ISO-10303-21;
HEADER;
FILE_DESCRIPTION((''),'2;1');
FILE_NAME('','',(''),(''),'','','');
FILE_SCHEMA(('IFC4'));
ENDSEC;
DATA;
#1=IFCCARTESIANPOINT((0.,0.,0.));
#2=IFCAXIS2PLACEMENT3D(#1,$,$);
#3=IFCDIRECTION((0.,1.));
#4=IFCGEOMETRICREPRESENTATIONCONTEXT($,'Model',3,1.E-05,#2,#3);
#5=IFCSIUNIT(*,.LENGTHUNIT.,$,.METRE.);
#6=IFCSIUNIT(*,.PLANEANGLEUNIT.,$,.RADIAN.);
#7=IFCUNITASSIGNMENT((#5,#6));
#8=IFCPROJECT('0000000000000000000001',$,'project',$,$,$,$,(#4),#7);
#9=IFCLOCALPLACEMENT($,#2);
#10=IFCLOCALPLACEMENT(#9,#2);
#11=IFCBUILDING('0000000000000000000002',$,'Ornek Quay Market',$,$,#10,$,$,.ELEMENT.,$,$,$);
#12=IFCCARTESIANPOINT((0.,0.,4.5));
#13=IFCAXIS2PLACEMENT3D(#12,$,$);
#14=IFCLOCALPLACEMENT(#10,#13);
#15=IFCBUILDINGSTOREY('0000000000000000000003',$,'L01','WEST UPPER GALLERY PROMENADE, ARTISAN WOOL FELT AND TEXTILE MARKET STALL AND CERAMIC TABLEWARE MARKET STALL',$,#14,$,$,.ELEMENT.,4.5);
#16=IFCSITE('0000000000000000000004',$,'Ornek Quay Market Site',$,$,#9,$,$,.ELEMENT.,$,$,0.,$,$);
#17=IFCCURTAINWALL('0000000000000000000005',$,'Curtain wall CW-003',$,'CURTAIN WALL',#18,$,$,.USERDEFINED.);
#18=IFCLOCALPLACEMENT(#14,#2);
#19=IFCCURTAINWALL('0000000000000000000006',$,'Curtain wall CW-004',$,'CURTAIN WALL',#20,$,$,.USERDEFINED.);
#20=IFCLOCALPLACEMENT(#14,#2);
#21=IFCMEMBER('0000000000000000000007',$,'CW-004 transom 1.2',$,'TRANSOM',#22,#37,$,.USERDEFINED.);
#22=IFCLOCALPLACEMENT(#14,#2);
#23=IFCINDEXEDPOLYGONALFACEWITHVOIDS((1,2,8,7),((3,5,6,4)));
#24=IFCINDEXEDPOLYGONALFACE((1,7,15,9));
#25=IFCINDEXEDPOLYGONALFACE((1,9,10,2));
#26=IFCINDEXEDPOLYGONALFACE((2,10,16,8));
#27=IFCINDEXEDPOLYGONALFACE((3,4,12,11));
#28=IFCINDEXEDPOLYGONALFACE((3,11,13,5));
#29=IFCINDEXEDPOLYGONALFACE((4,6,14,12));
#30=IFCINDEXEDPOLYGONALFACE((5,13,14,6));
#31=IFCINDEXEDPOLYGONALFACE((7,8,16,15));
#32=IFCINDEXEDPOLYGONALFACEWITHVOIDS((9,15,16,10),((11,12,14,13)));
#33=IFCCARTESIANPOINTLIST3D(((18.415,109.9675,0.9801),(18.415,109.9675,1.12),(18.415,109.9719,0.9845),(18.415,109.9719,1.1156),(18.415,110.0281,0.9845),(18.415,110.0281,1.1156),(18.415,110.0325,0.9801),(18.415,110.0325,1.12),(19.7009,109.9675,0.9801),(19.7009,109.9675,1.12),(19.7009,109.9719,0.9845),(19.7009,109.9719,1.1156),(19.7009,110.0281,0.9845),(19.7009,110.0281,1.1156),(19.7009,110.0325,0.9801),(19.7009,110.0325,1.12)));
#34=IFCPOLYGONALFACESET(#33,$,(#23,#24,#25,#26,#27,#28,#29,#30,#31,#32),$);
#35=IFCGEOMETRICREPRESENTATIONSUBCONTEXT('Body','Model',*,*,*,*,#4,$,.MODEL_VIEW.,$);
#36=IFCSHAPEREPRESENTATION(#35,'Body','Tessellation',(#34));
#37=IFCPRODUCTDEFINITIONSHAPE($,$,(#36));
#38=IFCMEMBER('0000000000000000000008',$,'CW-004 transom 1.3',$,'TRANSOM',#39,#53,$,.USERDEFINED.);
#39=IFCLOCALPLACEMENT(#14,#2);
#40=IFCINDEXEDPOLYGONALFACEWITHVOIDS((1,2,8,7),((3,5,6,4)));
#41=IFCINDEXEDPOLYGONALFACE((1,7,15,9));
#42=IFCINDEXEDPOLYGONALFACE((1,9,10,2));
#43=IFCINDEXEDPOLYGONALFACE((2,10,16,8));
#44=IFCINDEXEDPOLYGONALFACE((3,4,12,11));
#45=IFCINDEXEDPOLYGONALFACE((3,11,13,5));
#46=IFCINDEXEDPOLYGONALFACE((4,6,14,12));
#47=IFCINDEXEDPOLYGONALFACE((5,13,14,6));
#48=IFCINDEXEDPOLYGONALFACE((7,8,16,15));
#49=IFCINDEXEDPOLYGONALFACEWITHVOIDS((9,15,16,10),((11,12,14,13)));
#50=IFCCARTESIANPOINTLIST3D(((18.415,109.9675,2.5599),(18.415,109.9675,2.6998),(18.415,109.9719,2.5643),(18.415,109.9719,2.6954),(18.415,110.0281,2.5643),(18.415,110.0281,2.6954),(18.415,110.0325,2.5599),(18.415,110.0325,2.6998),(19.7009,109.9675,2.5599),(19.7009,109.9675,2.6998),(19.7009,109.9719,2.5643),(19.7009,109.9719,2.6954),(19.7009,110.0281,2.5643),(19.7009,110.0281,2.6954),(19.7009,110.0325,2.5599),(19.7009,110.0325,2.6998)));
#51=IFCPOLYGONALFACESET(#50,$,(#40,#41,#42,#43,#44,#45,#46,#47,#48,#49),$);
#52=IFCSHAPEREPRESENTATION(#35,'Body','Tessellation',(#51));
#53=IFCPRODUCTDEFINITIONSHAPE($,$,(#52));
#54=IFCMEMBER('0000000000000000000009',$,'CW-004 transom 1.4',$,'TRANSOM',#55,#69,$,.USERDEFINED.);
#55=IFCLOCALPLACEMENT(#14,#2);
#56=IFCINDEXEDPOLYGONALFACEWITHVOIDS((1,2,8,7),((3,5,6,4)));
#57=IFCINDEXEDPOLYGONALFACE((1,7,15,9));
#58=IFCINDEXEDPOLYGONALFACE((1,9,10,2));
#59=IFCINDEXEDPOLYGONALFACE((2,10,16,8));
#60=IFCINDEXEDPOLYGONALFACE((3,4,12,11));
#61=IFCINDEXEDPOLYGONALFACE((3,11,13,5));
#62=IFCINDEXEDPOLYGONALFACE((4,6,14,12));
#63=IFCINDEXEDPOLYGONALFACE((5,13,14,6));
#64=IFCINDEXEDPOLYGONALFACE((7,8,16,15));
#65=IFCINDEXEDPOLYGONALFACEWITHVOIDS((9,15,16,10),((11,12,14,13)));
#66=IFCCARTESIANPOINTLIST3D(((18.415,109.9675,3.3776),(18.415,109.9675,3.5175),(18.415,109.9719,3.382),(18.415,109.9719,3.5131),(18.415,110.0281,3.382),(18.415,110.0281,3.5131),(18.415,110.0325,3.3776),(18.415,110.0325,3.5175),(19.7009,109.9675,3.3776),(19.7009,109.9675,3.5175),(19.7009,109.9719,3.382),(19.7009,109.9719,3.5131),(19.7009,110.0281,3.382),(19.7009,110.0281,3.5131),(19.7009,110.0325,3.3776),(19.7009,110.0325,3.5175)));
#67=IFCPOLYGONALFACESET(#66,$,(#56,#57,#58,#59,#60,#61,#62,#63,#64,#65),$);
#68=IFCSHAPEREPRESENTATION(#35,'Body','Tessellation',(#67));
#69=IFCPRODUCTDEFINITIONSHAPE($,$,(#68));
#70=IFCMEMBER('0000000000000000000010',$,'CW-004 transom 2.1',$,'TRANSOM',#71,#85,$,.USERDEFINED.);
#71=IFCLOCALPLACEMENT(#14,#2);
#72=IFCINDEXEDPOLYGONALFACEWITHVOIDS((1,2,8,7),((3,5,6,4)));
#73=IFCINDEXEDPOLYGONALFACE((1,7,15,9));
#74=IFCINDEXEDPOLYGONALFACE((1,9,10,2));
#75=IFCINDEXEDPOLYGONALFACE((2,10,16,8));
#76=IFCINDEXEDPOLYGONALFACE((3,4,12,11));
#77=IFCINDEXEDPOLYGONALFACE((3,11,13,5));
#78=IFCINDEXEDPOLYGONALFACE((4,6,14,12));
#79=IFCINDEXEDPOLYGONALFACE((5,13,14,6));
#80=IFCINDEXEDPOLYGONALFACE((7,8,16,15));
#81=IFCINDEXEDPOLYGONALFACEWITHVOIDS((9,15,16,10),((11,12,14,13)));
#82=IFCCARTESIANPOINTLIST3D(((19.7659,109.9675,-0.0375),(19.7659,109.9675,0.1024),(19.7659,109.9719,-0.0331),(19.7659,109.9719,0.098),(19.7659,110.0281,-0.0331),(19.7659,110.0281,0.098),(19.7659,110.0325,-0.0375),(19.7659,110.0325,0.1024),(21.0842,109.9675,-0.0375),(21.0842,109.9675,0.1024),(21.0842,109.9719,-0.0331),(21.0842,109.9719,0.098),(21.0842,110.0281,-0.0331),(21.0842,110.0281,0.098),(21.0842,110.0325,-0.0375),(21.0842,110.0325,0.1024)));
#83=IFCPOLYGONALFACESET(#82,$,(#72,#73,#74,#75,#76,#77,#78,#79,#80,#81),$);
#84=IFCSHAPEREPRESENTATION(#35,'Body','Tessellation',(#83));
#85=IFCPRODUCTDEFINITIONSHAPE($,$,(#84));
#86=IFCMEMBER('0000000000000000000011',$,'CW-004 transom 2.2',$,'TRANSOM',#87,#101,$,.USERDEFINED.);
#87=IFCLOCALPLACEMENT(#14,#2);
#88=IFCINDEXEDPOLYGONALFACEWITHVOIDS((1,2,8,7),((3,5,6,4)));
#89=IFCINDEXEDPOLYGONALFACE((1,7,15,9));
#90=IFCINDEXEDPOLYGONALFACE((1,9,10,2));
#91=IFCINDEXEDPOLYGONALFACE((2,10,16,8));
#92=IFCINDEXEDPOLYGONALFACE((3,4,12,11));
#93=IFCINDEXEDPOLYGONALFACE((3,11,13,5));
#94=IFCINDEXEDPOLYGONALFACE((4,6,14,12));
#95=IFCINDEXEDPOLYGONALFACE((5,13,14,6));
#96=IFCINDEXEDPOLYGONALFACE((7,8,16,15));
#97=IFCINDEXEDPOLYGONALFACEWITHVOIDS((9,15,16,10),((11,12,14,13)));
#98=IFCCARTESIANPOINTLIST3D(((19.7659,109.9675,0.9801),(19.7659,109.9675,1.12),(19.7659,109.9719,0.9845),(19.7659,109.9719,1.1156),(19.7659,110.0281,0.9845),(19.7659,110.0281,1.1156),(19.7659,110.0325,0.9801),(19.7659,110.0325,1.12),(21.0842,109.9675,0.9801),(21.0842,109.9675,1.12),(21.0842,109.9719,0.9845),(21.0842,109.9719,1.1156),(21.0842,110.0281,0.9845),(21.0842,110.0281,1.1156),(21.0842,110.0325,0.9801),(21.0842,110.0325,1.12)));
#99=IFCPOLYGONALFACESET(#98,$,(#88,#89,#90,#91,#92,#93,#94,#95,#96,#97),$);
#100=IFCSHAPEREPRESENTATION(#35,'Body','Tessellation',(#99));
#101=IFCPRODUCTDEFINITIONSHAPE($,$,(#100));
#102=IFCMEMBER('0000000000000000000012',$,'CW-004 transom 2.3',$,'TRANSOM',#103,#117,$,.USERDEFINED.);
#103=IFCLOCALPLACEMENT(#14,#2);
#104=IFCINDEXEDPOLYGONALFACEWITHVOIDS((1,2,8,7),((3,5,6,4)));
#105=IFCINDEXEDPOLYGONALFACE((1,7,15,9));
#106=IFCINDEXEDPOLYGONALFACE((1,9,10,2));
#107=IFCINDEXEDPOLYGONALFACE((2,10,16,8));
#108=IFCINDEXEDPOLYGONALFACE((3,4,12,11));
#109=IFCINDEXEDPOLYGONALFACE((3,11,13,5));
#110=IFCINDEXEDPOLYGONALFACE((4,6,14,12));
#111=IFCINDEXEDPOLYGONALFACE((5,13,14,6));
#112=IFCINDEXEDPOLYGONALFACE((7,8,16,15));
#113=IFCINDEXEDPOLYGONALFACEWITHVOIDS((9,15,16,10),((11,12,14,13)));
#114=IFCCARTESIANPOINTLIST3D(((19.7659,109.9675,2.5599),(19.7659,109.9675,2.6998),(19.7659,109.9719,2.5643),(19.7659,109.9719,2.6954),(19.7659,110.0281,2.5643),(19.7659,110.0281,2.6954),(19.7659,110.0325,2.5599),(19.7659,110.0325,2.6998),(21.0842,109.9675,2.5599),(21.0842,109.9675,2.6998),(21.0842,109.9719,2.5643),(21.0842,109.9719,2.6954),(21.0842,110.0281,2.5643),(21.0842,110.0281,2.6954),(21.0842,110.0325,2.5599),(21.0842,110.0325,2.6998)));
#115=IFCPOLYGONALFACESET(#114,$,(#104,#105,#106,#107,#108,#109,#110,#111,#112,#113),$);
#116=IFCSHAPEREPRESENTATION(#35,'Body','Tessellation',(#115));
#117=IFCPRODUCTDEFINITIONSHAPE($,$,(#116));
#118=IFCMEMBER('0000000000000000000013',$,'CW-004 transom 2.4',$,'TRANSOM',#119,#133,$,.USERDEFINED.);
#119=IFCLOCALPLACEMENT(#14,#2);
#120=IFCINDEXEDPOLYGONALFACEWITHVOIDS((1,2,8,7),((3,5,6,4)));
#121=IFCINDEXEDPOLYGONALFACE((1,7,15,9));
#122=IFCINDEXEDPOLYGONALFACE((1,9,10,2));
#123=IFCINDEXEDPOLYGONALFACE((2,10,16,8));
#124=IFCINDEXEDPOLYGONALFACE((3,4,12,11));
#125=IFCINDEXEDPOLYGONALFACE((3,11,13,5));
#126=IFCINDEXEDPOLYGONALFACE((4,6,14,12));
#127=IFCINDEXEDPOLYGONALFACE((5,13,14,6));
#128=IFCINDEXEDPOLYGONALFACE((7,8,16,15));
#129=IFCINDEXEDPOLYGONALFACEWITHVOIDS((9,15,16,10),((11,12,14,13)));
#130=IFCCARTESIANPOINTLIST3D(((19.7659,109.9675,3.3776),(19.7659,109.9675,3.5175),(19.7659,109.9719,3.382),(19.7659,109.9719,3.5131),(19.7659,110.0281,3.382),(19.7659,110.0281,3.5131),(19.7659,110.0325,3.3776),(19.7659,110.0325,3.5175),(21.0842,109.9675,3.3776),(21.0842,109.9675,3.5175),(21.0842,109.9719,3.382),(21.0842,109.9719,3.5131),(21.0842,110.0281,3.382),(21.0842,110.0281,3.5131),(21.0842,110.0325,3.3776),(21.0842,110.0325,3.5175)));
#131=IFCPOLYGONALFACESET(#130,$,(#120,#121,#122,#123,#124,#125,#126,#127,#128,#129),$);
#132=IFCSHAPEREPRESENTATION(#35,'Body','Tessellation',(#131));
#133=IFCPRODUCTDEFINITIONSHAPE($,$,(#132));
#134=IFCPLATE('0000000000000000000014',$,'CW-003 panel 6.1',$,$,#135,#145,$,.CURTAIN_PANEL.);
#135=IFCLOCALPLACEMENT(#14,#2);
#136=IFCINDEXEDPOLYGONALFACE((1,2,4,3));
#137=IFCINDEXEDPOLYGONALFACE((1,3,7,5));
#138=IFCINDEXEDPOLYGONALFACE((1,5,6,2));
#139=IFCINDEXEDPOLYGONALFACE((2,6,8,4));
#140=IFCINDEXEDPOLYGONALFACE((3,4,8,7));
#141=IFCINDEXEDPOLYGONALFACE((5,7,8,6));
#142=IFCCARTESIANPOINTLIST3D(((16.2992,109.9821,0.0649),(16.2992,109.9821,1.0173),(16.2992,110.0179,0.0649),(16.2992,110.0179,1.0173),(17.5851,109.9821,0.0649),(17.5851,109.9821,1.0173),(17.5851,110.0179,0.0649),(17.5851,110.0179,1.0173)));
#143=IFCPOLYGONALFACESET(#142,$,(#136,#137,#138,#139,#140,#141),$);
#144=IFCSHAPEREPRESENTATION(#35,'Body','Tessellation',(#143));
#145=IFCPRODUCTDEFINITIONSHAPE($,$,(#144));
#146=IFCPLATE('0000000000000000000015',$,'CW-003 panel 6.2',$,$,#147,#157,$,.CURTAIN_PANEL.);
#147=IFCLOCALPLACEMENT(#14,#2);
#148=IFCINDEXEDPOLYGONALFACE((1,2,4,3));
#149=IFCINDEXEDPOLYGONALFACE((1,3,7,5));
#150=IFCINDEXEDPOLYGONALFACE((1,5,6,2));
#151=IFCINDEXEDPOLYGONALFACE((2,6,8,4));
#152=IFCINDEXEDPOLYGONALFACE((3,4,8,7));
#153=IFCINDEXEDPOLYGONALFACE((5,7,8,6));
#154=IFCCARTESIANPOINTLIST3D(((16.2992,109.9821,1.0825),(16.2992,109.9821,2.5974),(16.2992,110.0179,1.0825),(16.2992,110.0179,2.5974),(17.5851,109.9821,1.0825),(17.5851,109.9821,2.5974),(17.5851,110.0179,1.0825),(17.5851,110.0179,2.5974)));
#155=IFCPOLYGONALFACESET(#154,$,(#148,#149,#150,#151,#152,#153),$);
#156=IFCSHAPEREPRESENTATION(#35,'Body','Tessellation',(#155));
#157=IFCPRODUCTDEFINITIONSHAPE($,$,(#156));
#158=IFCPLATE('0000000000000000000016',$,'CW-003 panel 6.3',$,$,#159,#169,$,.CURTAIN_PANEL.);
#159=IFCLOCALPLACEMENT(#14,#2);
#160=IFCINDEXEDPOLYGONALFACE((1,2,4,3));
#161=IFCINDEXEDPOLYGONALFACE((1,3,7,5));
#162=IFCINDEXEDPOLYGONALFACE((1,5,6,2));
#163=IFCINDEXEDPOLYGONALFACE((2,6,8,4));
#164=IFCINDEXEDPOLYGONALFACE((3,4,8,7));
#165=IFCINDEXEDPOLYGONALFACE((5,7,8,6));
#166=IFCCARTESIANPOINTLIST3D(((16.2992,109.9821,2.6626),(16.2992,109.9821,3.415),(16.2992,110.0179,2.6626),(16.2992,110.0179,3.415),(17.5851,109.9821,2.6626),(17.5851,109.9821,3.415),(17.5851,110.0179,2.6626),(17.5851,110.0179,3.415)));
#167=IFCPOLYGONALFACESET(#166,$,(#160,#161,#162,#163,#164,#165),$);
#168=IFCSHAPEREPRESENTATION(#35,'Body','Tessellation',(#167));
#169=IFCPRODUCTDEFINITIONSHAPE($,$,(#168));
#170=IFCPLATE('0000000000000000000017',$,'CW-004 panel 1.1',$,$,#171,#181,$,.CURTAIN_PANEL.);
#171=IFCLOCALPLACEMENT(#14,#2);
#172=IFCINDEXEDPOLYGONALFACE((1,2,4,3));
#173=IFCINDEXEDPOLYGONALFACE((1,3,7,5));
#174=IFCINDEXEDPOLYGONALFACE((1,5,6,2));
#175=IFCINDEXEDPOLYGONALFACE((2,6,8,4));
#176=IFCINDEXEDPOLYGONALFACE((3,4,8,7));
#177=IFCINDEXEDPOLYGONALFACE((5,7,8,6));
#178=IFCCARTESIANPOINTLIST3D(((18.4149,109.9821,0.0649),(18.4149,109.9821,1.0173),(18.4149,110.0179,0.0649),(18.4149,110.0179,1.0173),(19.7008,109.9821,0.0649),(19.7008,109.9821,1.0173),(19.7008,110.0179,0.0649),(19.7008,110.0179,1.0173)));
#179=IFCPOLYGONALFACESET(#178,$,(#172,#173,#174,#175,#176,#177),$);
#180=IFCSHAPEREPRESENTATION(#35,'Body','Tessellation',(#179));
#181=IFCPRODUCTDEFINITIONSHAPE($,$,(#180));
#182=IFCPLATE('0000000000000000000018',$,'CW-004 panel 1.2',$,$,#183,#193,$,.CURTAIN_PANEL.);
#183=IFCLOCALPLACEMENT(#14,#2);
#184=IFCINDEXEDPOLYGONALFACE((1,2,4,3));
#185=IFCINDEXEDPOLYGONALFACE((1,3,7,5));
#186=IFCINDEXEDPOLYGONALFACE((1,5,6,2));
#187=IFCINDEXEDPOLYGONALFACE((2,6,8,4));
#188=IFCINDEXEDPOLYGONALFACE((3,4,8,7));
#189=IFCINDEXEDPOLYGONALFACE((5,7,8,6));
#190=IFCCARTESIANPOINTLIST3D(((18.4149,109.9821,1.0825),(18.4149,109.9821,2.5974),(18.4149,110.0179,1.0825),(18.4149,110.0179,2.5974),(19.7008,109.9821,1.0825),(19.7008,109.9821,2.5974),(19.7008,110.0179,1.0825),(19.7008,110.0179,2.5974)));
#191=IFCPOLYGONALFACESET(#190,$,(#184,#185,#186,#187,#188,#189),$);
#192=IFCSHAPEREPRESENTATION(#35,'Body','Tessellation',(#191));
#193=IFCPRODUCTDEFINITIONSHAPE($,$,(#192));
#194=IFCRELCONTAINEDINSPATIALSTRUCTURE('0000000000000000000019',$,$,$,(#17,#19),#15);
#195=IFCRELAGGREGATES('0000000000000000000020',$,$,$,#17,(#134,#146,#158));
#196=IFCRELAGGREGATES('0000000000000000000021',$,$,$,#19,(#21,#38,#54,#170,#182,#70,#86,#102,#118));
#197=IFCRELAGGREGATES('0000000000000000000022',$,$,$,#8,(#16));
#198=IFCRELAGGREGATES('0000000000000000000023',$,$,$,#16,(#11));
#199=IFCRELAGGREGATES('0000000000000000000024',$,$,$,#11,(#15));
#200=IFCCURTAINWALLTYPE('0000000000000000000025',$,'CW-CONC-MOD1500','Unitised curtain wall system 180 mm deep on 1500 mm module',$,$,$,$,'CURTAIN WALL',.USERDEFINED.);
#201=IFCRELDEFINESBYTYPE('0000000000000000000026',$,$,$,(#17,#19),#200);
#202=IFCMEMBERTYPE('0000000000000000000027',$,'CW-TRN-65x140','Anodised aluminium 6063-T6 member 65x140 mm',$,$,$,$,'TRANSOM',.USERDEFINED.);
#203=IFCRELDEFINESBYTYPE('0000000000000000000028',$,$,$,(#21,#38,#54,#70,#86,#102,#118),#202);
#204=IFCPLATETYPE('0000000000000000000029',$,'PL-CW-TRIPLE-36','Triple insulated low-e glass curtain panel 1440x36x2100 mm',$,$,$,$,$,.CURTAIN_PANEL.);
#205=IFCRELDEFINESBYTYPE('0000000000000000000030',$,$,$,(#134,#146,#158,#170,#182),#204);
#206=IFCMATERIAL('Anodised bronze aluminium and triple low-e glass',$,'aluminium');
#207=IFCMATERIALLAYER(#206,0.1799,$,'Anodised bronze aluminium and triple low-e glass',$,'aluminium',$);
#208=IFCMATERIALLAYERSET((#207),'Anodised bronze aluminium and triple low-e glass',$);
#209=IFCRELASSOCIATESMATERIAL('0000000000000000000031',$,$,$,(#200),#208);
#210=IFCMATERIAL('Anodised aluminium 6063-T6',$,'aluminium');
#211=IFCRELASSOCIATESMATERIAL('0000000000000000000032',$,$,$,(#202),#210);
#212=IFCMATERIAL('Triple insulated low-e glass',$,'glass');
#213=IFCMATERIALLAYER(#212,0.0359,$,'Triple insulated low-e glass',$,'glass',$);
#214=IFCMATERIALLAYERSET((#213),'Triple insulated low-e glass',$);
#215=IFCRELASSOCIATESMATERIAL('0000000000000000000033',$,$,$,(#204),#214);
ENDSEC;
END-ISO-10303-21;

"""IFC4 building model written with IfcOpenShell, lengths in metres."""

from ifc_helpers import new_model, si_unit, direction, frame, origin, origin_2d, place, context, subcontext, project, spatial, rectangle, hollow_rectangle, extrude, material, layer, layer_set, material_profile, profile_set, type_object, element, aggregate, save


model = new_model("IFC4")

# Units and contexts
model_context = context("Model", 3, precision=1e-05, world=origin(), true_north=direction((0.0, 1.0)))
body_context = subcontext(model_context, "Body", "Model", "MODEL_VIEW")
ifc_project = project(units=[si_unit("LENGTHUNIT", "METRE"), si_unit("PLANEANGLEUNIT", "RADIAN")], contexts=[model_context])

# Site, building, storey
site_placement = place(None, origin())
site = spatial("IfcSite", under=ifc_project, at=site_placement, Name="Ornek Quay Market Site", CompositionType="ELEMENT", RefElevation=0.0)
building_placement = place(site_placement, origin())
building = spatial("IfcBuilding", under=site, at=building_placement, Name="Ornek Quay Market", CompositionType="ELEMENT")
storey_placement = place(building_placement, frame((0.0, 0.0, 4.5)))
storey = spatial("IfcBuildingStorey", under=building, at=storey_placement, Name="L01", Description="WEST UPPER GALLERY PROMENADE, ARTISAN WOOL FELT AND TEXTILE MARKET STALL AND CERAMIC TABLEWARE MARKET STALL", CompositionType="ELEMENT", Elevation=4.5)

# Curtain walls
ifc_material_1 = material(Name="Anodised bronze aluminium and triple low-e glass", Category="aluminium")
ifc_layer_1 = layer(ifc_material_1, 0.1799, Name="Anodised bronze aluminium and triple low-e glass", Category="aluminium")
ifc_layer_set_1 = layer_set([ifc_layer_1], Name="Anodised bronze aluminium and triple low-e glass")
curtain_wall_type = type_object("IfcCurtainWallType", Name="CW-CONC-MOD1500", Description="Unitised curtain wall system 180 mm deep on 1500 mm module", ElementType="CURTAIN WALL", PredefinedType="USERDEFINED", material=ifc_layer_set_1)
curtain_wall_1_placement = place(storey_placement, origin())
curtain_wall_1 = element("IfcCurtainWall", 1, at=curtain_wall_1_placement, inside=storey, type_object=curtain_wall_type, Name="Curtain wall CW-003", ObjectType="CURTAIN WALL", PredefinedType="USERDEFINED")
ifc_material_2 = material(Name="Anodised aluminium 6063-T6", Category="aluminium")
curtain_wall_2_placement = place(storey_placement, origin())
curtain_wall_2 = element("IfcCurtainWall", 2, at=curtain_wall_2_placement, inside=storey, type_object=curtain_wall_type, Name="Curtain wall CW-004", ObjectType="CURTAIN WALL", PredefinedType="USERDEFINED")

# Members
ifc_material_profile_1 = material_profile(ifc_material_2, hollow_rectangle(XDim=0.0649, YDim=0.1399, WallThickness=0.0044, at=origin_2d()), Name="CW-TRN-65x140", Category="aluminium")
ifc_profile_set_1 = profile_set([ifc_material_profile_1], Name="Anodised aluminium 6063-T6")
member_type_1 = type_object("IfcMemberType", Name="CW-TRN-65x140", Description="Anodised aluminium 6063-T6 member 65x140 mm", ElementType="TRANSOM", PredefinedType="USERDEFINED", material=ifc_profile_set_1)
member_1_placement = place(storey_placement, frame((18.415, 110.0, 1.05), z_axis=(1.0, 0.0, 0.0), x_axis=(0.0, 1.0, 0.0)))
member_1 = element("IfcMember", 3, at=member_1_placement, type_object=member_type_1, Name="CW-004 transom 1.2", ObjectType="TRANSOM", PredefinedType="USERDEFINED", context=body_context, shape_type="SweptSolid", body=[
    extrude(hollow_rectangle(XDim=0.0649, YDim=0.1399, WallThickness=0.0044, at=origin_2d()), origin(), (0.0, 0.0, 1.0), 1.2859),
])
member_2_placement = place(storey_placement, frame((18.415, 110.0, 2.6299), z_axis=(1.0, 0.0, 0.0), x_axis=(0.0, 1.0, 0.0)))
member_2 = element("IfcMember", 4, at=member_2_placement, type_object=member_type_1, Name="CW-004 transom 1.3", ObjectType="TRANSOM", PredefinedType="USERDEFINED", context=body_context, shape_type="SweptSolid", body=[
    extrude(hollow_rectangle(XDim=0.0649, YDim=0.1399, WallThickness=0.0044, at=origin_2d()), origin(), (0.0, 0.0, 1.0), 1.2859),
])
member_3_placement = place(storey_placement, frame((18.415, 110.0, 3.4475), z_axis=(1.0, 0.0, 0.0), x_axis=(0.0, 1.0, 0.0)))
member_3 = element("IfcMember", 5, at=member_3_placement, type_object=member_type_1, Name="CW-004 transom 1.4", ObjectType="TRANSOM", PredefinedType="USERDEFINED", context=body_context, shape_type="SweptSolid", body=[
    extrude(hollow_rectangle(XDim=0.0649, YDim=0.1399, WallThickness=0.0044, at=origin_2d()), origin(), (0.0, 0.0, 1.0), 1.2859),
])
member_4_placement = place(storey_placement, frame((19.7659, 110.0, 0.0325), z_axis=(1.0, 0.0, 0.0), x_axis=(0.0, 1.0, 0.0)))
member_4 = element("IfcMember", 6, at=member_4_placement, type_object=member_type_1, Name="CW-004 transom 2.1", ObjectType="TRANSOM", PredefinedType="USERDEFINED", context=body_context, shape_type="SweptSolid", body=[
    extrude(hollow_rectangle(XDim=0.0649, YDim=0.1399, WallThickness=0.0044, at=origin_2d()), origin(), (0.0, 0.0, 1.0), 1.3184),
])
member_5_placement = place(storey_placement, frame((19.7659, 110.0, 1.05), z_axis=(1.0, 0.0, 0.0), x_axis=(0.0, 1.0, 0.0)))
member_5 = element("IfcMember", 7, at=member_5_placement, type_object=member_type_1, Name="CW-004 transom 2.2", ObjectType="TRANSOM", PredefinedType="USERDEFINED", context=body_context, shape_type="SweptSolid", body=[
    extrude(hollow_rectangle(XDim=0.0649, YDim=0.1399, WallThickness=0.0044, at=origin_2d()), origin(), (0.0, 0.0, 1.0), 1.3184),
])
member_6_placement = place(storey_placement, frame((19.7659, 110.0, 2.6299), z_axis=(1.0, 0.0, 0.0), x_axis=(0.0, 1.0, 0.0)))
member_6 = element("IfcMember", 8, at=member_6_placement, type_object=member_type_1, Name="CW-004 transom 2.3", ObjectType="TRANSOM", PredefinedType="USERDEFINED", context=body_context, shape_type="SweptSolid", body=[
    extrude(hollow_rectangle(XDim=0.0649, YDim=0.1399, WallThickness=0.0044, at=origin_2d()), origin(), (0.0, 0.0, 1.0), 1.3184),
])
member_7_placement = place(storey_placement, frame((19.7659, 110.0, 3.4475), z_axis=(1.0, 0.0, 0.0), x_axis=(0.0, 1.0, 0.0)))
member_7 = element("IfcMember", 9, at=member_7_placement, type_object=member_type_1, Name="CW-004 transom 2.4", ObjectType="TRANSOM", PredefinedType="USERDEFINED", context=body_context, shape_type="SweptSolid", body=[
    extrude(hollow_rectangle(XDim=0.0649, YDim=0.1399, WallThickness=0.0044, at=origin_2d()), origin(), (0.0, 0.0, 1.0), 1.3184),
])

# Plates
ifc_material_3 = material(Name="Triple insulated low-e glass", Category="glass")
ifc_layer_2 = layer(ifc_material_3, 0.0359, Name="Triple insulated low-e glass", Category="glass")
ifc_layer_set_2 = layer_set([ifc_layer_2], Name="Triple insulated low-e glass")
plate_type = type_object("IfcPlateType", Name="PL-CW-TRIPLE-36", Description="Triple insulated low-e glass curtain panel 1440x36x2100 mm", PredefinedType="CURTAIN_PANEL", material=ifc_layer_set_2)
plate_1_placement = place(storey_placement, frame((16.9421, 110.0, 0.0649), z_axis=(0.0, 0.0, 1.0), x_axis=(1.0, 0.0, 0.0)))
plate_1 = element("IfcPlate", 10, at=plate_1_placement, type_object=plate_type, Name="CW-003 panel 6.1", PredefinedType="CURTAIN_PANEL", context=body_context, shape_type="SweptSolid", body=[
    extrude(rectangle(XDim=1.2859, YDim=0.0359, at=origin_2d()), origin(), (0.0, 0.0, 1.0), 0.9524),
])
plate_2_placement = place(storey_placement, frame((16.9421, 110.0, 1.0825), z_axis=(0.0, 0.0, 1.0), x_axis=(1.0, 0.0, 0.0)))
plate_2 = element("IfcPlate", 11, at=plate_2_placement, type_object=plate_type, Name="CW-003 panel 6.2", PredefinedType="CURTAIN_PANEL", context=body_context, shape_type="SweptSolid", body=[
    extrude(rectangle(XDim=1.2859, YDim=0.0359, at=origin_2d()), origin(), (0.0, 0.0, 1.0), 1.5149),
])
plate_3_placement = place(storey_placement, frame((16.9421, 110.0, 2.6626), z_axis=(0.0, 0.0, 1.0), x_axis=(1.0, 0.0, 0.0)))
plate_3 = element("IfcPlate", 12, at=plate_3_placement, type_object=plate_type, Name="CW-003 panel 6.3", PredefinedType="CURTAIN_PANEL", context=body_context, shape_type="SweptSolid", body=[
    extrude(rectangle(XDim=1.2859, YDim=0.0359, at=origin_2d()), origin(), (0.0, 0.0, 1.0), 0.7524),
])
aggregate(curtain_wall_1, [plate_1, plate_2, plate_3])
plate_4_placement = place(storey_placement, frame((19.0579, 110.0, 0.0649), z_axis=(0.0, 0.0, 1.0), x_axis=(1.0, 0.0, 0.0)))
plate_4 = element("IfcPlate", 13, at=plate_4_placement, type_object=plate_type, Name="CW-004 panel 1.1", PredefinedType="CURTAIN_PANEL", context=body_context, shape_type="SweptSolid", body=[
    extrude(rectangle(XDim=1.2859, YDim=0.0359, at=origin_2d()), origin(), (0.0, 0.0, 1.0), 0.9524),
])
plate_5_placement = place(storey_placement, frame((19.0579, 110.0, 1.0825), z_axis=(0.0, 0.0, 1.0), x_axis=(1.0, 0.0, 0.0)))
plate_5 = element("IfcPlate", 14, at=plate_5_placement, type_object=plate_type, Name="CW-004 panel 1.2", PredefinedType="CURTAIN_PANEL", context=body_context, shape_type="SweptSolid", body=[
    extrude(rectangle(XDim=1.2859, YDim=0.0359, at=origin_2d()), origin(), (0.0, 0.0, 1.0), 1.5149),
])
aggregate(curtain_wall_2, [member_1, member_2, member_3, plate_4, plate_5, member_4, member_5, member_6, member_7])

save(model, "model.ifc")
